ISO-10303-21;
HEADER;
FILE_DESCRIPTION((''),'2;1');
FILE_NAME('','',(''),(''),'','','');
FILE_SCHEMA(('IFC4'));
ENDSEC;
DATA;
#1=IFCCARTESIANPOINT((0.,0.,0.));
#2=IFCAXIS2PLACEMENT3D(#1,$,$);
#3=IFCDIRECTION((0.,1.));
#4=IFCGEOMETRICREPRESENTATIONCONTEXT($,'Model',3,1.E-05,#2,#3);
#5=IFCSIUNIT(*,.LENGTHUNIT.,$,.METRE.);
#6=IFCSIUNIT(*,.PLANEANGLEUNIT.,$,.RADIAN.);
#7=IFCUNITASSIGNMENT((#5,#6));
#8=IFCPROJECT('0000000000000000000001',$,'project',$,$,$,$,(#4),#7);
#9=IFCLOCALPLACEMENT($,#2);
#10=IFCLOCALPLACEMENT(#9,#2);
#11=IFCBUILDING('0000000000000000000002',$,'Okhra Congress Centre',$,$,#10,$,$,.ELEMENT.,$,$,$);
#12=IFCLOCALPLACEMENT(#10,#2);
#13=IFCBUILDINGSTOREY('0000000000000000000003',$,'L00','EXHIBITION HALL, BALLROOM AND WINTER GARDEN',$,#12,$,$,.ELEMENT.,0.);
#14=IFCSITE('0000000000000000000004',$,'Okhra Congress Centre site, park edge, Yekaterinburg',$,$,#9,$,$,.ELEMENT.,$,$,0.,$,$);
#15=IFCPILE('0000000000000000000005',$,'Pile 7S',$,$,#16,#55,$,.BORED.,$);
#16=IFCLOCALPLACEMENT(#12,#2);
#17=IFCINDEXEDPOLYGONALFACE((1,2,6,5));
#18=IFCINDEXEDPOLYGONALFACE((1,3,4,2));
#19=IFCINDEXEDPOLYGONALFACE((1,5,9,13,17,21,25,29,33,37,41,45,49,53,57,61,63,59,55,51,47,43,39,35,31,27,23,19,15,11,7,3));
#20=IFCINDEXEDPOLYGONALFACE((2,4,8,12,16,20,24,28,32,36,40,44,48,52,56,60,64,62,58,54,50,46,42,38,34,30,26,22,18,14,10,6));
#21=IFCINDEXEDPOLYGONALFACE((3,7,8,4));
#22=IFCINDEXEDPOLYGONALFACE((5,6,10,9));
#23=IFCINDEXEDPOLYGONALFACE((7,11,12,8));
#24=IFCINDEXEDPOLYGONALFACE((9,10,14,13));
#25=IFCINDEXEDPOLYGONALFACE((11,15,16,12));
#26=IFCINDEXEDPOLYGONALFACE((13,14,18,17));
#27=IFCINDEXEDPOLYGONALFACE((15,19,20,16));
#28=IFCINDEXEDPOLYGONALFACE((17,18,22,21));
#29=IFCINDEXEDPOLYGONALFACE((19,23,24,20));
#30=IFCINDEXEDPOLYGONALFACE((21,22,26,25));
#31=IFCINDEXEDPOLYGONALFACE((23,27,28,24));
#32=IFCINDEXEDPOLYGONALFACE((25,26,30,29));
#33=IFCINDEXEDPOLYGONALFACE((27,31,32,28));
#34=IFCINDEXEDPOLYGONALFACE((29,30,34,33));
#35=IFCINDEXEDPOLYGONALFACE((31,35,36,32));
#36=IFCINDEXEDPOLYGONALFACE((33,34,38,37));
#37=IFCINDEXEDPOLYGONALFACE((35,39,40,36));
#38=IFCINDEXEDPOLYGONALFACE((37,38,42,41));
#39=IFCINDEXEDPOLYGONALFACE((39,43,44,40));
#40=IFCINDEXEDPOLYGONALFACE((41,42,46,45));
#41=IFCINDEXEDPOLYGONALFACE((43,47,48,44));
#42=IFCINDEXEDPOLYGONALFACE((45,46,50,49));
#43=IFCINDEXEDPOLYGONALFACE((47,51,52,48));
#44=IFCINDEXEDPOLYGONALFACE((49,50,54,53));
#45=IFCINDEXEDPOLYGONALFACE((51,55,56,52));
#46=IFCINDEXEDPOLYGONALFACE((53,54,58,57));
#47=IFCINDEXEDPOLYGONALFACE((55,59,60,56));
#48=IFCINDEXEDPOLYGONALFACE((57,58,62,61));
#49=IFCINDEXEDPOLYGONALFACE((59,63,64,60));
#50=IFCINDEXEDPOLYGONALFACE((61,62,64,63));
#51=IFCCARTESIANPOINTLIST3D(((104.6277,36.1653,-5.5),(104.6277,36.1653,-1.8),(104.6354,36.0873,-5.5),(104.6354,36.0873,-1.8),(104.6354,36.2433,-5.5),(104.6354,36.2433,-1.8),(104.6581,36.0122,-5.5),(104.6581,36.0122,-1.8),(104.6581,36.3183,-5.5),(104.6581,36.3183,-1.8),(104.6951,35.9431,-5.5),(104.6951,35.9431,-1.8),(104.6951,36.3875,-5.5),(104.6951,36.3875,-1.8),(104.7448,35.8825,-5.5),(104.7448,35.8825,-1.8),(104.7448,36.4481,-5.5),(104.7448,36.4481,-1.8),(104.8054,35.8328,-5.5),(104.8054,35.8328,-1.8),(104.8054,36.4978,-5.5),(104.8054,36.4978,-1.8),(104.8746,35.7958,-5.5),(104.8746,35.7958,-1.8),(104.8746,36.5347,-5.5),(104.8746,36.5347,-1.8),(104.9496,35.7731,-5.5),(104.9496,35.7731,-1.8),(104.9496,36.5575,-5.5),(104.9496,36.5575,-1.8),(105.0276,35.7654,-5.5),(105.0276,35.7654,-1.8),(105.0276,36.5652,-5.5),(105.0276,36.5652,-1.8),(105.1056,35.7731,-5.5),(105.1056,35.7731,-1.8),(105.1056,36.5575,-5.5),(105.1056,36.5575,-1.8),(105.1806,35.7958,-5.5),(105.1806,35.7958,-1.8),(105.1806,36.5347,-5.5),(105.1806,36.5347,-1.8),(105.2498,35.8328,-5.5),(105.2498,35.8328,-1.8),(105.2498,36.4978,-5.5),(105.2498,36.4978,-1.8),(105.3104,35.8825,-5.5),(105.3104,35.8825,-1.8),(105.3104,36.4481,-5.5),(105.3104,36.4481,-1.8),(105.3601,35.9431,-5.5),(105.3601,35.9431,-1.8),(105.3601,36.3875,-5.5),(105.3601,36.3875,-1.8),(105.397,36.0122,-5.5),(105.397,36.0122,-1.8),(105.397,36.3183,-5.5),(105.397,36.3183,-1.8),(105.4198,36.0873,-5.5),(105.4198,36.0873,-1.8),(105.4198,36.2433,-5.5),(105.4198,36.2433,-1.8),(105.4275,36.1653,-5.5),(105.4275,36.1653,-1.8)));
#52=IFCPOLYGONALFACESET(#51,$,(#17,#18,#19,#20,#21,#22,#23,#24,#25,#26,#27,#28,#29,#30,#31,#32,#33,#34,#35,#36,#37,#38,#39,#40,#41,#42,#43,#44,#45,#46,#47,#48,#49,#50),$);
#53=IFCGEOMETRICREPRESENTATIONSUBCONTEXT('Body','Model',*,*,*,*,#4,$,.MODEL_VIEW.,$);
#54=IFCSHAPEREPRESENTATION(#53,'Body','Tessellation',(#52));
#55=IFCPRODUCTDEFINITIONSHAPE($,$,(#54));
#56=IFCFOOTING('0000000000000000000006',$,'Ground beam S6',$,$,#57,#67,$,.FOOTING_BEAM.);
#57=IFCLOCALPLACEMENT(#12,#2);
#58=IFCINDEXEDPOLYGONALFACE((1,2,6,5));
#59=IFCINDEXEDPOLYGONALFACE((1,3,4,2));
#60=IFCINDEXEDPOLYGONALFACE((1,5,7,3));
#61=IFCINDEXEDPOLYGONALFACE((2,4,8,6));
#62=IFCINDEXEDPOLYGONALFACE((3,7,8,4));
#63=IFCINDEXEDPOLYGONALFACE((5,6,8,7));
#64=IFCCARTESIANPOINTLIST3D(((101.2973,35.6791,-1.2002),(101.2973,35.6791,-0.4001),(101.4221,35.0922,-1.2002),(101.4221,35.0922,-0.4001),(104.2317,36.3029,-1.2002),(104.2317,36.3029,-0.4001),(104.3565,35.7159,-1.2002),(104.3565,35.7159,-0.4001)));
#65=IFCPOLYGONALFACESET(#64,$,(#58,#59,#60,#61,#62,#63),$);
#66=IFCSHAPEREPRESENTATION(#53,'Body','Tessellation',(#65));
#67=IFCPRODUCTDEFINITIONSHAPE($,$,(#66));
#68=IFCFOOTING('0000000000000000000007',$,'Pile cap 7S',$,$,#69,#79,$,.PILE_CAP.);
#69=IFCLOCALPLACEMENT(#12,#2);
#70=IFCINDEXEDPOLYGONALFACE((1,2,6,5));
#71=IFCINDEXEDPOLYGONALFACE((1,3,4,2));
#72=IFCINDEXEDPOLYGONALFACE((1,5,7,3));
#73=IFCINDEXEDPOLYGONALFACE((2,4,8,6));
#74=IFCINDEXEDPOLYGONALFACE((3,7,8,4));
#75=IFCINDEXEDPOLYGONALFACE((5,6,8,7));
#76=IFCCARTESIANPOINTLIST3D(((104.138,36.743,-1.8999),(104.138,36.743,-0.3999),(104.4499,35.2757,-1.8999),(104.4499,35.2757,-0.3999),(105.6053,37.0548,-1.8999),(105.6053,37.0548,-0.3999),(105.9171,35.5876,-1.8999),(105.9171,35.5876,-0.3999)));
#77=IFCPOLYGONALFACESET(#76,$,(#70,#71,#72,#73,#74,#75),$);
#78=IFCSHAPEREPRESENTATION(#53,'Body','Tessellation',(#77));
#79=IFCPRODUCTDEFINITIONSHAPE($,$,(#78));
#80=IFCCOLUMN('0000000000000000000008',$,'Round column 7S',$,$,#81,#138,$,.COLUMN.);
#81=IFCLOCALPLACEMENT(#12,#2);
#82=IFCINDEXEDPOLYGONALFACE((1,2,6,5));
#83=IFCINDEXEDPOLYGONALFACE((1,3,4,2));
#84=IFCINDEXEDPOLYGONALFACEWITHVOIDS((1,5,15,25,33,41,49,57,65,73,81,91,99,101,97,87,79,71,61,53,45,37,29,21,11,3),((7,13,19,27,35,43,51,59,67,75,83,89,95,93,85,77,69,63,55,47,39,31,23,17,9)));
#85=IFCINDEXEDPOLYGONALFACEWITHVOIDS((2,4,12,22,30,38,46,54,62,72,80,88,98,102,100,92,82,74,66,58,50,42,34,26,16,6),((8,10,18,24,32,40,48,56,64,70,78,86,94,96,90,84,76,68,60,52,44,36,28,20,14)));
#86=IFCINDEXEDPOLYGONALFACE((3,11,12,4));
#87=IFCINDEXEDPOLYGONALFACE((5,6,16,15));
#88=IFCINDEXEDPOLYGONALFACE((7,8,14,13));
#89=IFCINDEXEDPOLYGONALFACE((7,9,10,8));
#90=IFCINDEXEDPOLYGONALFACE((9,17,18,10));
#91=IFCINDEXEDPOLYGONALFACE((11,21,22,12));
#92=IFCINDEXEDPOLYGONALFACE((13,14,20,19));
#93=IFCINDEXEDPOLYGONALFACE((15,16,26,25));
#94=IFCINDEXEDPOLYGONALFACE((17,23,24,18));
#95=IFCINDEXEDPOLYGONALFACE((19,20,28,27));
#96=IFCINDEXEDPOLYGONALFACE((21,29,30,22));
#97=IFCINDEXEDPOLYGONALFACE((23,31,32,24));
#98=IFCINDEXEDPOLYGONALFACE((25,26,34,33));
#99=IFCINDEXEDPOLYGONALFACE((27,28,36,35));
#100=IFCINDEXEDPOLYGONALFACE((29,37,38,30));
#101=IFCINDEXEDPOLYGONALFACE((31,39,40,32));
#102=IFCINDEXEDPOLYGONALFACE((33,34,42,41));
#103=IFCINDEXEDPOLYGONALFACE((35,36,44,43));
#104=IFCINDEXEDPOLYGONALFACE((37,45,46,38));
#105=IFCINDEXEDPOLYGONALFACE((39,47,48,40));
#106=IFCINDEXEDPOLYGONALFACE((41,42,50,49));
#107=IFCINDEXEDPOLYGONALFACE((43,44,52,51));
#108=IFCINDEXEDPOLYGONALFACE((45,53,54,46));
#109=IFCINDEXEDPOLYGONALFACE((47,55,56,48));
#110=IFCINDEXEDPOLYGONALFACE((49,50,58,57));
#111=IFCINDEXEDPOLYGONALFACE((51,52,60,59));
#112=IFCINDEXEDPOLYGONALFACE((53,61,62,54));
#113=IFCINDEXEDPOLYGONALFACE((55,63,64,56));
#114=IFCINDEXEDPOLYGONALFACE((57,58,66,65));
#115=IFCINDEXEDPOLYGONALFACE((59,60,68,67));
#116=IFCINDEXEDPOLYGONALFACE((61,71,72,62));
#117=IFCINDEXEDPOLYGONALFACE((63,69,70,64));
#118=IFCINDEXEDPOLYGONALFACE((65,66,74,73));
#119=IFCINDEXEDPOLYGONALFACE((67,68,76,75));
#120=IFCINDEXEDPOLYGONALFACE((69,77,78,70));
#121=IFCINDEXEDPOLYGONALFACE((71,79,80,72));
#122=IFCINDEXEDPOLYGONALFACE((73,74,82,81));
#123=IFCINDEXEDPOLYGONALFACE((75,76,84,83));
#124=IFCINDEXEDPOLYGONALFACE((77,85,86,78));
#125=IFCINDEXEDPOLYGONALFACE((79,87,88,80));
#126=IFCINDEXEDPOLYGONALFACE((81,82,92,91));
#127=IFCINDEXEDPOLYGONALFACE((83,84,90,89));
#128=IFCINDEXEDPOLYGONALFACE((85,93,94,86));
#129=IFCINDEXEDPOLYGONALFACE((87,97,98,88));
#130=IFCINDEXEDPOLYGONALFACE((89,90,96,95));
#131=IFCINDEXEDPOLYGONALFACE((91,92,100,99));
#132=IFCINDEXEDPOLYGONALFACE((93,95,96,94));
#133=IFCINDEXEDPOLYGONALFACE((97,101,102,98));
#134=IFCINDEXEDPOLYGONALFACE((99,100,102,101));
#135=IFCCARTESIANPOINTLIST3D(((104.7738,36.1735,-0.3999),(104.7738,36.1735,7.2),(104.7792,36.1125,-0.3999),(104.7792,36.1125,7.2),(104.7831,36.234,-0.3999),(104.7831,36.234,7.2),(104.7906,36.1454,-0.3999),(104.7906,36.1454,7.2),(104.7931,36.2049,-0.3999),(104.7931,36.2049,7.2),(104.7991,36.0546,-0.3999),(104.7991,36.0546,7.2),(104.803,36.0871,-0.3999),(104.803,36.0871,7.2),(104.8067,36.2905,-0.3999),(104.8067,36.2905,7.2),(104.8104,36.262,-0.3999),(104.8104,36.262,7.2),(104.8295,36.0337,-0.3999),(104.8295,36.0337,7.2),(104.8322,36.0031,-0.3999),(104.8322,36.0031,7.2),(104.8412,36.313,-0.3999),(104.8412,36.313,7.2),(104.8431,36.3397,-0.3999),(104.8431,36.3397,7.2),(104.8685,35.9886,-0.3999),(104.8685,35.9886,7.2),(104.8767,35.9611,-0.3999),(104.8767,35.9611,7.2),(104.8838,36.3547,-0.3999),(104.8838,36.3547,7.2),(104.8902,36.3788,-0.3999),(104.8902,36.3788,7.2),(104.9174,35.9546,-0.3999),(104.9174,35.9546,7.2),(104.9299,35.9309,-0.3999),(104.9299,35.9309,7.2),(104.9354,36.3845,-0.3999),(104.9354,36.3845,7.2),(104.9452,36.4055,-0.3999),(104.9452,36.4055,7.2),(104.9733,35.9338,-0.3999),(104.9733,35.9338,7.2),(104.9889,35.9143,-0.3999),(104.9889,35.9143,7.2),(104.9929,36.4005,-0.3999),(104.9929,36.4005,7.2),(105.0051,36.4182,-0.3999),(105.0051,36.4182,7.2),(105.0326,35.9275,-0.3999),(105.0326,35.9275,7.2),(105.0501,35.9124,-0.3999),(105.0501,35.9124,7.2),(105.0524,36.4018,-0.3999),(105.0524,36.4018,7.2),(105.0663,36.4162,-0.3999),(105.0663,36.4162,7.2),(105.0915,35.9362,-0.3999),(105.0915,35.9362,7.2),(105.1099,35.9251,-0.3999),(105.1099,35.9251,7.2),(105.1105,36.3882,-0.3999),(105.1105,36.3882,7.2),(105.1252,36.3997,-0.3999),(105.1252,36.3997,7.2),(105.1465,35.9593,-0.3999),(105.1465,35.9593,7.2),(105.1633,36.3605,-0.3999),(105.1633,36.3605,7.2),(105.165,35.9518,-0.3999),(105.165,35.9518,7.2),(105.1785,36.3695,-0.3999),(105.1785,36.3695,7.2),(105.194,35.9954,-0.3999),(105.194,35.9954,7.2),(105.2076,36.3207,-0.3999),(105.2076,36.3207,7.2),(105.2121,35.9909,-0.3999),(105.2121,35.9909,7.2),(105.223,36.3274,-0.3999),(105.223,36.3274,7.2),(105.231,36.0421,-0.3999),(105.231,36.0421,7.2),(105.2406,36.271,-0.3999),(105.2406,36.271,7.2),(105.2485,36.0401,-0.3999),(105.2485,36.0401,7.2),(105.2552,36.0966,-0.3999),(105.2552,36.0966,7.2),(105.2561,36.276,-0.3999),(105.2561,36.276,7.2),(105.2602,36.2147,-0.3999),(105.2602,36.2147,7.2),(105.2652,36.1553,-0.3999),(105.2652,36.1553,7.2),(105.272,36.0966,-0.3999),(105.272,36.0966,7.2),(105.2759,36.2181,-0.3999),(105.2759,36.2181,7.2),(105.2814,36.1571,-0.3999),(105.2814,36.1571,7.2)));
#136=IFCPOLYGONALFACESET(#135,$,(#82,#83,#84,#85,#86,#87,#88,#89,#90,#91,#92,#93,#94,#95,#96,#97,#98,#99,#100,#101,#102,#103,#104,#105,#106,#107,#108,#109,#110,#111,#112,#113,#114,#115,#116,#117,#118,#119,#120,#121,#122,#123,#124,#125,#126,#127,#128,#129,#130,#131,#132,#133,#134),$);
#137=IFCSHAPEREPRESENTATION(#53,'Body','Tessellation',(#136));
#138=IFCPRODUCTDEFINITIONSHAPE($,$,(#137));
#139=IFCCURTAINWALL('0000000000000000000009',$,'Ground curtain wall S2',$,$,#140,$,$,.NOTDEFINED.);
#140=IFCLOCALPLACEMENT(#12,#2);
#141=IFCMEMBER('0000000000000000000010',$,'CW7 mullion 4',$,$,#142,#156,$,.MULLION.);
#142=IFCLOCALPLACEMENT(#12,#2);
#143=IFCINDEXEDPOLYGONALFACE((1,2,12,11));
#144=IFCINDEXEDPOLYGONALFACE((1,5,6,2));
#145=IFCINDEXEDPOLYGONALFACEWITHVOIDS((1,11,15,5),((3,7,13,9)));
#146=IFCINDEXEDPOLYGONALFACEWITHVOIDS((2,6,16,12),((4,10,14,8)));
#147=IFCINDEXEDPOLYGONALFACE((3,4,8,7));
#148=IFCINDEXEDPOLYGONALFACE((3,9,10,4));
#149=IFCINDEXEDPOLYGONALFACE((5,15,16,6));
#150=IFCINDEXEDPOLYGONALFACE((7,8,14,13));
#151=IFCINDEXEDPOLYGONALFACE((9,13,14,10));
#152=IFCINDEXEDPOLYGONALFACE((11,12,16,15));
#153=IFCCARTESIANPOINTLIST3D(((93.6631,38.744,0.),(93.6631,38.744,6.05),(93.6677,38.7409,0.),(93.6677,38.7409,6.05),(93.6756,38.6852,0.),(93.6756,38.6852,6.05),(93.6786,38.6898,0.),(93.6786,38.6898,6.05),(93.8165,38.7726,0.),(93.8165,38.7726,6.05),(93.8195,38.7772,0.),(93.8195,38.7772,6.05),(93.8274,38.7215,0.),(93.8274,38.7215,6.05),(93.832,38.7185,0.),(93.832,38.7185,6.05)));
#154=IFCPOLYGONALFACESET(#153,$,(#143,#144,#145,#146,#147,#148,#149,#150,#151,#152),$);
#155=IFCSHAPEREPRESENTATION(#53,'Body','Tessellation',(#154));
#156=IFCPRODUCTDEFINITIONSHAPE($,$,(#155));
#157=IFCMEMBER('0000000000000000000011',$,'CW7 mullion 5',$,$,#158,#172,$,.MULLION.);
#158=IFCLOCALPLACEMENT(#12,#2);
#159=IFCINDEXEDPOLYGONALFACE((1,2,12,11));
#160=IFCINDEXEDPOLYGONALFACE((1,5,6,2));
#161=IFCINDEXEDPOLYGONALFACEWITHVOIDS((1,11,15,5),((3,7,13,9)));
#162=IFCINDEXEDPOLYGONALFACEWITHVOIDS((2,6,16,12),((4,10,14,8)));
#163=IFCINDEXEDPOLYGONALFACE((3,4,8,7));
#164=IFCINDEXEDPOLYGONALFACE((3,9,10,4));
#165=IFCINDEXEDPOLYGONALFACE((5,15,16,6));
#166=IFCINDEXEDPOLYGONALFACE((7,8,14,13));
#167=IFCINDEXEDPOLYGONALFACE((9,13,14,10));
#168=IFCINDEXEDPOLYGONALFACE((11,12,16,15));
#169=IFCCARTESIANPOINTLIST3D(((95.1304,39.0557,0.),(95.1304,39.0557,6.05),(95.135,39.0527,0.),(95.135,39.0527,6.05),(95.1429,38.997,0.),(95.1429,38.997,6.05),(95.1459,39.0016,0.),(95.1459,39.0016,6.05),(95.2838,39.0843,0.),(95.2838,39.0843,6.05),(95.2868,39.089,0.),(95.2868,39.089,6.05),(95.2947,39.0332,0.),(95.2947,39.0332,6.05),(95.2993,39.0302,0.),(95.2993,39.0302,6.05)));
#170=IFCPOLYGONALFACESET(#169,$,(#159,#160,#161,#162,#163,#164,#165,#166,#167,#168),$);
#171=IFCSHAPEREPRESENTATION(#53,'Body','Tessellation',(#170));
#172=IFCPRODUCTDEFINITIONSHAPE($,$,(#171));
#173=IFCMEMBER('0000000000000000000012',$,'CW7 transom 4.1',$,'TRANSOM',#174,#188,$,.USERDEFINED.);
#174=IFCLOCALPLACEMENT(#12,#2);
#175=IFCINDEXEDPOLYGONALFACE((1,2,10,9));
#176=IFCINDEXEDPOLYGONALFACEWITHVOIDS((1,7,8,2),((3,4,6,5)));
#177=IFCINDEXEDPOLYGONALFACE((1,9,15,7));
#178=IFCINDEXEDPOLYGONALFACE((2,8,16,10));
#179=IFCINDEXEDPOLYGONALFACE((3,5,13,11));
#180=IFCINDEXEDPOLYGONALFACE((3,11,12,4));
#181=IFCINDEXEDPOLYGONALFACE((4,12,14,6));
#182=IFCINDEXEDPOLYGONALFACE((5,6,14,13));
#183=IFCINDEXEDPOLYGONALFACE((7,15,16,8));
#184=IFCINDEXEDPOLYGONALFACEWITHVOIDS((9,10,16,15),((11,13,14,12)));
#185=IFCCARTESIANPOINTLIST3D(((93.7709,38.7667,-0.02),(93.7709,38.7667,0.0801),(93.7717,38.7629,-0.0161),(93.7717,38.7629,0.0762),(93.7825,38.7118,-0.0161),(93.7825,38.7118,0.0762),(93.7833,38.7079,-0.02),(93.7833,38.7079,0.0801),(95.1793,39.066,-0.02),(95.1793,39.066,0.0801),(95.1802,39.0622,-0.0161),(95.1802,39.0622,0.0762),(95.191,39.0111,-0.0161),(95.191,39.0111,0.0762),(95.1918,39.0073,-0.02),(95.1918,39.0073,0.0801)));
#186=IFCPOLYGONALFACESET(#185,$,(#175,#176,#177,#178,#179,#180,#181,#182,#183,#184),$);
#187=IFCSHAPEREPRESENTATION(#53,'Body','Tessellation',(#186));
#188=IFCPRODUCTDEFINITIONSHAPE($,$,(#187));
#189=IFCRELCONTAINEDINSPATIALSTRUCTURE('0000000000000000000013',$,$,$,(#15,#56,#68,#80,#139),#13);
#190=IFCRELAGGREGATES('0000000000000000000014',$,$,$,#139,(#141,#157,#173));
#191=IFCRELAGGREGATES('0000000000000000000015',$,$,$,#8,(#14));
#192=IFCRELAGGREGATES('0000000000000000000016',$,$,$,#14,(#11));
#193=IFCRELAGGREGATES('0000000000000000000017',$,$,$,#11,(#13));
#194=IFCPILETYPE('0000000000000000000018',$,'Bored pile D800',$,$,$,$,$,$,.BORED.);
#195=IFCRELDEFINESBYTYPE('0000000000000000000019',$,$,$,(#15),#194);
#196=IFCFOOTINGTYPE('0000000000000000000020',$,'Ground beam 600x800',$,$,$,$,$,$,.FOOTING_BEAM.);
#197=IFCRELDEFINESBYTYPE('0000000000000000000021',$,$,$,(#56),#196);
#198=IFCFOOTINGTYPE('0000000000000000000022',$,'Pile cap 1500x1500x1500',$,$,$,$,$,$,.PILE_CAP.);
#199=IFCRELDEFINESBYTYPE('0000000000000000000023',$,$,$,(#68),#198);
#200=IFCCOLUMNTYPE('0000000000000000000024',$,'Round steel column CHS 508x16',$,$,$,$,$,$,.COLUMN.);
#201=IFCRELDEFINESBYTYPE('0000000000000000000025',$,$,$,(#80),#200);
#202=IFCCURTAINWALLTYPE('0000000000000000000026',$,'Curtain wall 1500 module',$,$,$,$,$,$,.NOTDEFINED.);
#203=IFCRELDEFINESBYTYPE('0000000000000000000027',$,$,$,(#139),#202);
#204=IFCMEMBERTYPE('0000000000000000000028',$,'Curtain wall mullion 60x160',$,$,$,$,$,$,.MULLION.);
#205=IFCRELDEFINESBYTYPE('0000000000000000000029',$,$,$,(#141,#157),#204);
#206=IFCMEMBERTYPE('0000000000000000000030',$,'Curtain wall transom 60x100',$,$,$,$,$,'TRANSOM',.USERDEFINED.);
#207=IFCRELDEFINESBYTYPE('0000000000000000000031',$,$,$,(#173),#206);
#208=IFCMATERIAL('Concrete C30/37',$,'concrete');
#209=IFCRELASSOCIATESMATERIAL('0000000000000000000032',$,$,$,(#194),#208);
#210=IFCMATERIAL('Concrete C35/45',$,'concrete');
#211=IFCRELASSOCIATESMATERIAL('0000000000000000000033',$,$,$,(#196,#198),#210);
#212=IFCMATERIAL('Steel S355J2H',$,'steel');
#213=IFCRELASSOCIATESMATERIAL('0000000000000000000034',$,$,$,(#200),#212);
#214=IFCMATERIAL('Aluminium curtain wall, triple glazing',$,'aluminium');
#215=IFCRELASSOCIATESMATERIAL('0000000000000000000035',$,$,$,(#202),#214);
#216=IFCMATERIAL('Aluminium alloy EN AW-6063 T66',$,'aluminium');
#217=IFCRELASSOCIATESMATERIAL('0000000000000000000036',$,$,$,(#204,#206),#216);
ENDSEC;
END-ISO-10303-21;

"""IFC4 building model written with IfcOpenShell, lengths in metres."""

from ifc_helpers import new_model, si_unit, direction, frame, origin, origin_2d, place, context, subcontext, project, spatial, rectangle, hollow_rectangle, circle, hollow_circle, extrude, material, material_profile, profile_set, type_object, element, aggregate, save


model = new_model("IFC4")

# Units and contexts
model_context = context("Model", 3, precision=1e-05, world=origin(), true_north=direction((0.0, 1.0)))
body_context = subcontext(model_context, "Body", "Model", "MODEL_VIEW")
ifc_project = project(units=[si_unit("LENGTHUNIT", "METRE"), si_unit("PLANEANGLEUNIT", "RADIAN")], contexts=[model_context])

# Site, building, storey
site_placement = place(None, origin())
site = spatial("IfcSite", under=ifc_project, at=site_placement, Name="Okhra Congress Centre site, park edge, Yekaterinburg", CompositionType="ELEMENT", RefElevation=0.0)
building_placement = place(site_placement, origin())
building = spatial("IfcBuilding", under=site, at=building_placement, Name="Okhra Congress Centre", CompositionType="ELEMENT")
storey_placement = place(building_placement, origin())
storey = spatial("IfcBuildingStorey", under=building, at=storey_placement, Name="L00", Description="EXHIBITION HALL, BALLROOM AND WINTER GARDEN", CompositionType="ELEMENT", Elevation=0.0)

# Pile
ifc_material_1 = material(Name="Concrete C30/37", Category="concrete")
ifc_material_profile_1 = material_profile(ifc_material_1, circle(Radius=0.3999, at=origin_2d()), Name="D800")
ifc_profile_set_1 = profile_set([ifc_material_profile_1], Name="Concrete C30/37")
pile_type = type_object("IfcPileType", Name="Bored pile D800", PredefinedType="BORED", material=ifc_profile_set_1)
pile_placement = place(storey_placement, frame((105.0276, 36.1653, -1.8), z_axis=(0.0, 0.0, -1.0), x_axis=(1.0, 0.0, 0.0)))
element("IfcPile", 1, at=pile_placement, inside=storey, type_object=pile_type, Name="Pile 7S", PredefinedType="BORED", context=body_context, shape_type="SweptSolid", body=[
    extrude(circle(Radius=0.3999, at=origin_2d()), origin(), (0.0, 0.0, 1.0), 3.7),
])

# Footings
ifc_material_2 = material(Name="Concrete C35/45", Category="concrete")
footing_type_1 = type_object("IfcFootingType", Name="Ground beam 600x800", PredefinedType="FOOTING_BEAM", material=ifc_material_2)
footing_1_placement = place(storey_placement, frame((102.8269, 35.6975, -1.2002), z_axis=(0.0, 0.0, 1.0), x_axis=(0.978148, 0.207912, 0.0)))
element("IfcFooting", 2, at=footing_1_placement, inside=storey, type_object=footing_type_1, Name="Ground beam S6", PredefinedType="FOOTING_BEAM", context=body_context, shape_type="SweptSolid", body=[
    extrude(rectangle(XDim=3.0, YDim=0.6001, at=origin_2d()), origin(), (0.0, 0.0, 1.0), 0.8),
])
footing_type_2 = type_object("IfcFootingType", Name="Pile cap 1500x1500x1500", PredefinedType="PILE_CAP", material=ifc_material_2)
footing_2_placement = place(storey_placement, frame((105.0276, 36.1653, -1.8999), z_axis=(0.0, 0.0, 1.0), x_axis=(0.978148, 0.207912, 0.0)))
element("IfcFooting", 3, at=footing_2_placement, inside=storey, type_object=footing_type_2, Name="Pile cap 7S", PredefinedType="PILE_CAP", context=body_context, shape_type="SweptSolid", body=[
    extrude(rectangle(XDim=1.5, YDim=1.5, at=origin_2d()), origin(), (0.0, 0.0, 1.0), 1.5),
])

# Column
ifc_material_3 = material(Name="Steel S355J2H", Category="steel")
ifc_material_profile_2 = material_profile(ifc_material_3, hollow_circle(Radius=0.2539, WallThickness=0.0161, at=origin_2d()), Name="CHS 508x16")
ifc_profile_set_2 = profile_set([ifc_material_profile_2], Name="Steel S355J2H")
column_type = type_object("IfcColumnType", Name="Round steel column CHS 508x16", PredefinedType="COLUMN", material=ifc_profile_set_2)
column_placement = place(storey_placement, frame((105.0276, 36.1653, -0.3999), z_axis=(0.0, 0.0, 1.0), x_axis=(0.978148, 0.207912, 0.0)))
element("IfcColumn", 4, at=column_placement, inside=storey, type_object=column_type, Name="Round column 7S", PredefinedType="COLUMN", context=body_context, shape_type="SweptSolid", body=[
    extrude(hollow_circle(Radius=0.2539, WallThickness=0.0161, at=origin_2d()), origin(), (0.0, 0.0, 1.0), 7.5999),
])

# Curtain wall, members
ifc_material_4 = material(Name="Aluminium curtain wall, triple glazing", Category="aluminium")
curtain_wall_type = type_object("IfcCurtainWallType", Name="Curtain wall 1500 module", PredefinedType="NOTDEFINED", material=ifc_material_4)
curtain_wall_placement = place(storey_placement, origin())
curtain_wall = element("IfcCurtainWall", 5, at=curtain_wall_placement, inside=storey, type_object=curtain_wall_type, Name="Ground curtain wall S2", PredefinedType="NOTDEFINED")
ifc_material_5 = material(Name="Aluminium alloy EN AW-6063 T66", Category="aluminium")
ifc_material_profile_3 = material_profile(ifc_material_5, hollow_rectangle(XDim=0.0601, YDim=0.1599, WallThickness=0.0039, at=origin_2d()), Name="RHS 60x160x4")
ifc_profile_set_3 = profile_set([ifc_material_profile_3], Name="Aluminium alloy EN AW-6063 T66")
member_type_1 = type_object("IfcMemberType", Name="Curtain wall mullion 60x160", PredefinedType="MULLION", material=ifc_profile_set_3)
member_1_placement = place(storey_placement, frame((93.7476, 38.7312, 0.0), z_axis=(0.0, 0.0, 1.0), x_axis=(-0.207912, 0.978148, 0.0)))
member_1 = element("IfcMember", 6, at=member_1_placement, type_object=member_type_1, Name="CW7 mullion 4", PredefinedType="MULLION", context=body_context, shape_type="SweptSolid", body=[
    extrude(hollow_rectangle(XDim=0.0601, YDim=0.1599, WallThickness=0.0039, at=origin_2d()), origin(), (0.0, 0.0, 1.0), 6.05),
])
member_2_placement = place(storey_placement, frame((95.2148, 39.043, 0.0), z_axis=(0.0, 0.0, 1.0), x_axis=(-0.207912, 0.978148, 0.0)))
member_2 = element("IfcMember", 7, at=member_2_placement, type_object=member_type_1, Name="CW7 mullion 5", PredefinedType="MULLION", context=body_context, shape_type="SweptSolid", body=[
    extrude(hollow_rectangle(XDim=0.0601, YDim=0.1599, WallThickness=0.0039, at=origin_2d()), origin(), (0.0, 0.0, 1.0), 6.05),
])
ifc_material_profile_4 = material_profile(ifc_material_5, hollow_rectangle(XDim=0.0601, YDim=0.1001, WallThickness=0.0039, at=origin_2d()), Name="RHS 60x100x4")
ifc_profile_set_4 = profile_set([ifc_material_profile_4], Name="Aluminium alloy EN AW-6063 T66")
member_type_2 = type_object("IfcMemberType", Name="Curtain wall transom 60x100", ElementType="TRANSOM", PredefinedType="USERDEFINED", material=ifc_profile_set_4)
member_3_placement = place(storey_placement, frame((93.7771, 38.7373, 0.03), z_axis=(0.978156, 0.207873, 0.0), x_axis=(-0.207873, 0.978156, 0.0)))
member_3 = element("IfcMember", 8, at=member_3_placement, type_object=member_type_2, Name="CW7 transom 4.1", ObjectType="TRANSOM", PredefinedType="USERDEFINED", context=body_context, shape_type="SweptSolid", body=[
    extrude(hollow_rectangle(XDim=0.0601, YDim=0.1001, WallThickness=0.0039, at=origin_2d()), origin(), (0.0, 0.0, 1.0), 1.4399),
])

aggregate(curtain_wall, [member_1, member_2, member_3])

save(model, "model.ifc")
